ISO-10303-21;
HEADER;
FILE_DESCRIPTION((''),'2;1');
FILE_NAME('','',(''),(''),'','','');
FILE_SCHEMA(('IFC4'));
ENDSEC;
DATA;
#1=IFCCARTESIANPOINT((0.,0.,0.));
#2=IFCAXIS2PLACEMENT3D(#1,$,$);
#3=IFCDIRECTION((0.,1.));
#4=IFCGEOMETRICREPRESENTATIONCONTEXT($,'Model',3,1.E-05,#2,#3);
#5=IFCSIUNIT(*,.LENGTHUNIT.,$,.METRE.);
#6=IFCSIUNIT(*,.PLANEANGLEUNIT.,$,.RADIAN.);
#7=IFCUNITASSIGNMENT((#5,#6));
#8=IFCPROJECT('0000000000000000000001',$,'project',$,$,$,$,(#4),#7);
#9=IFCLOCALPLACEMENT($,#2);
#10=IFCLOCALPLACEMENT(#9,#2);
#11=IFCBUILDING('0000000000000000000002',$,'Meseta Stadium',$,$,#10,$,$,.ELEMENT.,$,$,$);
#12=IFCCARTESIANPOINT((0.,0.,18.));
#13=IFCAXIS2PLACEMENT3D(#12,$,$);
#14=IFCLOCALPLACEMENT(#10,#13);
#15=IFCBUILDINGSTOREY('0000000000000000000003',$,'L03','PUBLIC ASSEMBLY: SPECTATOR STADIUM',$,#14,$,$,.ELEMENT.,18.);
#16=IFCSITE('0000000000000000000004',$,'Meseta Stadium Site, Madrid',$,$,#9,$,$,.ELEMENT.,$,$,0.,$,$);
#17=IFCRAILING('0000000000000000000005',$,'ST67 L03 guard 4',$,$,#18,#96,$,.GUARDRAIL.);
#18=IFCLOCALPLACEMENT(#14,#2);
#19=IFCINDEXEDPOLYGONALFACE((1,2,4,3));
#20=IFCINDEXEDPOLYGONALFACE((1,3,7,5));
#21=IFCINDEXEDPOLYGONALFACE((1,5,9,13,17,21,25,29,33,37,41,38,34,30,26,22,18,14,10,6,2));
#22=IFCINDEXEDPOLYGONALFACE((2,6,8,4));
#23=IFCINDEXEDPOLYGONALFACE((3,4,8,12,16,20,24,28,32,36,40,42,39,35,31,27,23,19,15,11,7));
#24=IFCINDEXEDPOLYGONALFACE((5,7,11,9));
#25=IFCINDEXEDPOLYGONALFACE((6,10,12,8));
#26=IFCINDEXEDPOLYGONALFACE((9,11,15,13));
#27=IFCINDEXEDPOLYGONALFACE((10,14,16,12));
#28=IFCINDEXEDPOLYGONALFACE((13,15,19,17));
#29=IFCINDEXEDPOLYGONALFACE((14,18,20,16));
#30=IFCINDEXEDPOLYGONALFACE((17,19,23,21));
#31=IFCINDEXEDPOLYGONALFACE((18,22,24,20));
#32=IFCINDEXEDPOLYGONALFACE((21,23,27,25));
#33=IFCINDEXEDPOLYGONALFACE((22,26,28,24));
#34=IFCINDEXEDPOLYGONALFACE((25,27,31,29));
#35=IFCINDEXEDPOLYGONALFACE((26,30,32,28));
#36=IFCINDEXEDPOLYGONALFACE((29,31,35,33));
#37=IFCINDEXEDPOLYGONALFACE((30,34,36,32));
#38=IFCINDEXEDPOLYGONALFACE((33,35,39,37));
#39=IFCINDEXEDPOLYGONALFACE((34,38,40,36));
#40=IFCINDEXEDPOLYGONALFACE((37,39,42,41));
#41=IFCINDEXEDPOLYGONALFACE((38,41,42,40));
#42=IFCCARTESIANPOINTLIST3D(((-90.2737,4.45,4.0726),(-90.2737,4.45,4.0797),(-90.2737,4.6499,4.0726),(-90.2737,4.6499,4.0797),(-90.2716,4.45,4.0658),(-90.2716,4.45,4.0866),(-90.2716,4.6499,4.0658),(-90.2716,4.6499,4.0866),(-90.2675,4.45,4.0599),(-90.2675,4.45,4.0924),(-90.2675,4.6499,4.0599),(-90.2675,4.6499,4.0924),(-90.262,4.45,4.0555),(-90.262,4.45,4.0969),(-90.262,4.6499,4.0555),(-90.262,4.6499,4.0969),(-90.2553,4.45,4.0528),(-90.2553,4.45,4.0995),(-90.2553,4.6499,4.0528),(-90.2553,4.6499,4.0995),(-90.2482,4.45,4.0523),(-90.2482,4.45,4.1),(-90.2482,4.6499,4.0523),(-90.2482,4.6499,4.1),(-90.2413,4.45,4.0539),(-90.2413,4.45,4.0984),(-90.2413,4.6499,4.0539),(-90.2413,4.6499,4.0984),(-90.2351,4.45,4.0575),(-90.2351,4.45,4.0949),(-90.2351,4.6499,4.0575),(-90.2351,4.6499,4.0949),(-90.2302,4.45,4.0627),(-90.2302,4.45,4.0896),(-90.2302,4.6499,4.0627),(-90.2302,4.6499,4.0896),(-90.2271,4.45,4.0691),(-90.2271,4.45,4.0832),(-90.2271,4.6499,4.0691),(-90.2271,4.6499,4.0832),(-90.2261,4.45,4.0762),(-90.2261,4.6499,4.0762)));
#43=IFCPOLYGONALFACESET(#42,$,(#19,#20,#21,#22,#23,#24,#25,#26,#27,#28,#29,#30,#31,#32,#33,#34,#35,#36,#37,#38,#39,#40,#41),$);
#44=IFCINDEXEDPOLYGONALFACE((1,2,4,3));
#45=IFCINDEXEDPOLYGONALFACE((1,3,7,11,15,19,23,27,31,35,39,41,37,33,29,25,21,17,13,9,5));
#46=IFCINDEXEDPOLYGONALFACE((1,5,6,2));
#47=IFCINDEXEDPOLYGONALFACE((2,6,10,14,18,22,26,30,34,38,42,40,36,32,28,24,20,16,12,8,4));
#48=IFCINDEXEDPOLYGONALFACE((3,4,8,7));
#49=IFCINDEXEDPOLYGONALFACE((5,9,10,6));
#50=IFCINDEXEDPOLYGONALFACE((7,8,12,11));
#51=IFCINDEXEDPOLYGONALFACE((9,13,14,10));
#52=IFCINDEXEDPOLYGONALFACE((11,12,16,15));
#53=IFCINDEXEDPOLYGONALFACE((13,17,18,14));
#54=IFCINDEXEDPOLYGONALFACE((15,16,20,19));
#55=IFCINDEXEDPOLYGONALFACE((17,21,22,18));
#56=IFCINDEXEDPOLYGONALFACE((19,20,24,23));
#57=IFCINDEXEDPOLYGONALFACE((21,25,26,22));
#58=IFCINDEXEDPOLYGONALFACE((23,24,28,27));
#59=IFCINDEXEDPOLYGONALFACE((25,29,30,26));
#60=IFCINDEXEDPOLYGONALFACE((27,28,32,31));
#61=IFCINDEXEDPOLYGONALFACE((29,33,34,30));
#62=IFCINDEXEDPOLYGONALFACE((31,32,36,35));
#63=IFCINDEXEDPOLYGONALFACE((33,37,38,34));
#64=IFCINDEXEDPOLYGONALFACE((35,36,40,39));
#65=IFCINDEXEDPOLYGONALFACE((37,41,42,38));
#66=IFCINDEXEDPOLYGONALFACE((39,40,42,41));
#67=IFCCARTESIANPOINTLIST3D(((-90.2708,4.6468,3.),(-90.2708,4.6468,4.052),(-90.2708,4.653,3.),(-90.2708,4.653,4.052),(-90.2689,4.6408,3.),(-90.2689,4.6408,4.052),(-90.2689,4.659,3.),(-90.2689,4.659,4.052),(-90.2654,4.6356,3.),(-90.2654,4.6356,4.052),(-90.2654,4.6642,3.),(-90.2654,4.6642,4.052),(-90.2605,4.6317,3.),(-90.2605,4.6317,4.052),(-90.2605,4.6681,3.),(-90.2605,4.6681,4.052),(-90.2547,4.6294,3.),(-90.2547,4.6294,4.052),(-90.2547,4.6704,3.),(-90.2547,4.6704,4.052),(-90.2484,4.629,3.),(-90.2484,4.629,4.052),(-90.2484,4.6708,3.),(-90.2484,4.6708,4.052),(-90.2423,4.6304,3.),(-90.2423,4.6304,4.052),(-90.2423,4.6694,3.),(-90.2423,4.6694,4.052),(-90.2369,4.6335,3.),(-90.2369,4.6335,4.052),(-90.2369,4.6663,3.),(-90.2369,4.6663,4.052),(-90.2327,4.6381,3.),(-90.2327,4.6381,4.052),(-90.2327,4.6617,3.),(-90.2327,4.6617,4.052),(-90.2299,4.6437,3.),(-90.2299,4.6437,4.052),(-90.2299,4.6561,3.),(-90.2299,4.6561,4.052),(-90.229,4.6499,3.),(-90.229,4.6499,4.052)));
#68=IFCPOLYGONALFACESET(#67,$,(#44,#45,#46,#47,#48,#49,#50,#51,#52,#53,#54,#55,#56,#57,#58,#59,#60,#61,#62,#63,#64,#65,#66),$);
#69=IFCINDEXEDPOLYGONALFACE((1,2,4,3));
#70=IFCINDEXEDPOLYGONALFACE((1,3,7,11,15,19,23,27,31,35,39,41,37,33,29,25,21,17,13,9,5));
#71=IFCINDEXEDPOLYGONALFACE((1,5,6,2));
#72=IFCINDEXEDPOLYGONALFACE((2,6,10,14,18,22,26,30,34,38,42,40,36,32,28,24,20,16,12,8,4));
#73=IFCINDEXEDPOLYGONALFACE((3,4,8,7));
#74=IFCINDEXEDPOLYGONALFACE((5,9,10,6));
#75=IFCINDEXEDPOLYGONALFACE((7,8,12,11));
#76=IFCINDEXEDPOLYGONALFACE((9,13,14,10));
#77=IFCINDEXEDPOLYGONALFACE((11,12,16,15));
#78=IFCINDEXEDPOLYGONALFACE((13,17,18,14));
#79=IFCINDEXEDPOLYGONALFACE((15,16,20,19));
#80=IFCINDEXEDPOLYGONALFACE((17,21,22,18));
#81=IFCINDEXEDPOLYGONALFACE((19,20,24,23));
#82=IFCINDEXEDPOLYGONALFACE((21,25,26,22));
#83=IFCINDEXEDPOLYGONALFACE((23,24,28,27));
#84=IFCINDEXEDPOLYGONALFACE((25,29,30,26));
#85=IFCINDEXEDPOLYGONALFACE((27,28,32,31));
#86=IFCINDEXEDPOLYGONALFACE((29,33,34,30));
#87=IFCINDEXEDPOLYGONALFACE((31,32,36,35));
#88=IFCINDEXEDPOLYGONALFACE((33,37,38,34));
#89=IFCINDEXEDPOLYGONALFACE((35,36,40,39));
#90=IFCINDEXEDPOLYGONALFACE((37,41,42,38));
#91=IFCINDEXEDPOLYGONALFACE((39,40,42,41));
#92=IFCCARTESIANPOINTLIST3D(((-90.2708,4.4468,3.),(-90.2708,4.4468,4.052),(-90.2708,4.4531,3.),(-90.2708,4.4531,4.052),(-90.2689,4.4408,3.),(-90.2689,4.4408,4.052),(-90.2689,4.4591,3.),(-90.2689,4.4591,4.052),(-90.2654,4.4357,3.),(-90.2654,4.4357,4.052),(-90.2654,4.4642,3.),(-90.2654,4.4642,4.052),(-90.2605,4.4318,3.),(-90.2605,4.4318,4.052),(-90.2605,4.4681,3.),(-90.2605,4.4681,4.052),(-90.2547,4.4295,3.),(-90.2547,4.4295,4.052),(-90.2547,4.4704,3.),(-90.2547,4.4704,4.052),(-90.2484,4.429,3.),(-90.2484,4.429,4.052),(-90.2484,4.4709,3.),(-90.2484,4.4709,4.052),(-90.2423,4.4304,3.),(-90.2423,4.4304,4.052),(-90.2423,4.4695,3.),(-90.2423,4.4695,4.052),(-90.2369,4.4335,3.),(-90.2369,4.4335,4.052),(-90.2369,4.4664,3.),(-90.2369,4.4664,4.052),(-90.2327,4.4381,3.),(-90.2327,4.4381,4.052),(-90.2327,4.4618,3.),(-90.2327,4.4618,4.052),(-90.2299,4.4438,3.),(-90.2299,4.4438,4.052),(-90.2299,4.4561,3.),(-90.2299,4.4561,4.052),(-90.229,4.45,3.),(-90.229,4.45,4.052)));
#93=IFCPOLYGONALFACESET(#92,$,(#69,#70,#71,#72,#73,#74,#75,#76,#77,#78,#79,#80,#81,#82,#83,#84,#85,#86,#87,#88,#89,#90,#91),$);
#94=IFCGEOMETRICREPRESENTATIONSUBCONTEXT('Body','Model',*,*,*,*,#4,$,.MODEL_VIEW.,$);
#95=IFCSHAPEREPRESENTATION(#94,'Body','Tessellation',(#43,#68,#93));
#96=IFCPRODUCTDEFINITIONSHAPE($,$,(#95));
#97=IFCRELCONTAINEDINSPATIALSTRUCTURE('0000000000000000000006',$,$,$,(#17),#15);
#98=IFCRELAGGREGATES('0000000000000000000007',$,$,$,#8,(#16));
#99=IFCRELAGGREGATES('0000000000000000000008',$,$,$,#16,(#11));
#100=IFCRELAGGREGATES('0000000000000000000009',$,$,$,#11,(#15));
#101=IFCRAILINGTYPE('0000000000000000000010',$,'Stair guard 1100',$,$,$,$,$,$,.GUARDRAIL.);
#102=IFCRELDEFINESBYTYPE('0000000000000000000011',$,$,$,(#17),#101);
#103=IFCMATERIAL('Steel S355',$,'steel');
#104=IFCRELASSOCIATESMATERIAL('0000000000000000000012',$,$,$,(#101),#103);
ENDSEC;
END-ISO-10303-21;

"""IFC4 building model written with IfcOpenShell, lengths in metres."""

from ifc_helpers import new_model, si_unit, direction, frame, origin, origin_2d, place, context, subcontext, project, spatial, circle, extrude, material, type_object, element, save


model = new_model("IFC4")

# Units and contexts
model_context = context("Model", 3, precision=1e-05, world=origin(), true_north=direction((0.0, 1.0)))
body_context = subcontext(model_context, "Body", "Model", "MODEL_VIEW")
ifc_project = project(units=[si_unit("LENGTHUNIT", "METRE"), si_unit("PLANEANGLEUNIT", "RADIAN")], contexts=[model_context])

# Site, building, storey
site_placement = place(None, origin())
site = spatial("IfcSite", under=ifc_project, at=site_placement, Name="Meseta Stadium Site, Madrid", CompositionType="ELEMENT", RefElevation=0.0)
building_placement = place(site_placement, origin())
building = spatial("IfcBuilding", under=site, at=building_placement, Name="Meseta Stadium", CompositionType="ELEMENT")
storey_placement = place(building_placement, frame((0.0, 0.0, 18.0)))
storey = spatial("IfcBuildingStorey", under=building, at=storey_placement, Name="L03", Description="PUBLIC ASSEMBLY: SPECTATOR STADIUM", CompositionType="ELEMENT", Elevation=18.0)

# Railing
ifc_material_1 = material(Name="Steel S355", Category="steel")
railing_type_1 = type_object("IfcRailingType", Name="Stair guard 1100", PredefinedType="GUARDRAIL", material=ifc_material_1)
railing_1_placement = place(storey_placement, frame((-90.25, 4.6499, 3.0)))
element("IfcRailing", 1, at=railing_1_placement, inside=storey, type_object=railing_type_1, Name="ST67 L03 guard 4", PredefinedType="GUARDRAIL", context=body_context, shape_type="SweptSolid", body=[
    extrude(circle(Radius=0.0239, at=origin_2d()), frame((0.0, 0.0, 1.0762), z_axis=(0.0, -1.0, 0.0), x_axis=(1.0, 0.0, 0.0)), (0.0, 0.0, 1.0), 0.2),
    extrude(circle(Radius=0.021, at=origin_2d()), origin(), (0.0, 0.0, 1.0), 1.052),
    extrude(circle(Radius=0.021, at=origin_2d()), frame((0.0, -0.2, 0.0)), (0.0, 0.0, 1.0), 1.052),
])

save(model, "model.ifc")
